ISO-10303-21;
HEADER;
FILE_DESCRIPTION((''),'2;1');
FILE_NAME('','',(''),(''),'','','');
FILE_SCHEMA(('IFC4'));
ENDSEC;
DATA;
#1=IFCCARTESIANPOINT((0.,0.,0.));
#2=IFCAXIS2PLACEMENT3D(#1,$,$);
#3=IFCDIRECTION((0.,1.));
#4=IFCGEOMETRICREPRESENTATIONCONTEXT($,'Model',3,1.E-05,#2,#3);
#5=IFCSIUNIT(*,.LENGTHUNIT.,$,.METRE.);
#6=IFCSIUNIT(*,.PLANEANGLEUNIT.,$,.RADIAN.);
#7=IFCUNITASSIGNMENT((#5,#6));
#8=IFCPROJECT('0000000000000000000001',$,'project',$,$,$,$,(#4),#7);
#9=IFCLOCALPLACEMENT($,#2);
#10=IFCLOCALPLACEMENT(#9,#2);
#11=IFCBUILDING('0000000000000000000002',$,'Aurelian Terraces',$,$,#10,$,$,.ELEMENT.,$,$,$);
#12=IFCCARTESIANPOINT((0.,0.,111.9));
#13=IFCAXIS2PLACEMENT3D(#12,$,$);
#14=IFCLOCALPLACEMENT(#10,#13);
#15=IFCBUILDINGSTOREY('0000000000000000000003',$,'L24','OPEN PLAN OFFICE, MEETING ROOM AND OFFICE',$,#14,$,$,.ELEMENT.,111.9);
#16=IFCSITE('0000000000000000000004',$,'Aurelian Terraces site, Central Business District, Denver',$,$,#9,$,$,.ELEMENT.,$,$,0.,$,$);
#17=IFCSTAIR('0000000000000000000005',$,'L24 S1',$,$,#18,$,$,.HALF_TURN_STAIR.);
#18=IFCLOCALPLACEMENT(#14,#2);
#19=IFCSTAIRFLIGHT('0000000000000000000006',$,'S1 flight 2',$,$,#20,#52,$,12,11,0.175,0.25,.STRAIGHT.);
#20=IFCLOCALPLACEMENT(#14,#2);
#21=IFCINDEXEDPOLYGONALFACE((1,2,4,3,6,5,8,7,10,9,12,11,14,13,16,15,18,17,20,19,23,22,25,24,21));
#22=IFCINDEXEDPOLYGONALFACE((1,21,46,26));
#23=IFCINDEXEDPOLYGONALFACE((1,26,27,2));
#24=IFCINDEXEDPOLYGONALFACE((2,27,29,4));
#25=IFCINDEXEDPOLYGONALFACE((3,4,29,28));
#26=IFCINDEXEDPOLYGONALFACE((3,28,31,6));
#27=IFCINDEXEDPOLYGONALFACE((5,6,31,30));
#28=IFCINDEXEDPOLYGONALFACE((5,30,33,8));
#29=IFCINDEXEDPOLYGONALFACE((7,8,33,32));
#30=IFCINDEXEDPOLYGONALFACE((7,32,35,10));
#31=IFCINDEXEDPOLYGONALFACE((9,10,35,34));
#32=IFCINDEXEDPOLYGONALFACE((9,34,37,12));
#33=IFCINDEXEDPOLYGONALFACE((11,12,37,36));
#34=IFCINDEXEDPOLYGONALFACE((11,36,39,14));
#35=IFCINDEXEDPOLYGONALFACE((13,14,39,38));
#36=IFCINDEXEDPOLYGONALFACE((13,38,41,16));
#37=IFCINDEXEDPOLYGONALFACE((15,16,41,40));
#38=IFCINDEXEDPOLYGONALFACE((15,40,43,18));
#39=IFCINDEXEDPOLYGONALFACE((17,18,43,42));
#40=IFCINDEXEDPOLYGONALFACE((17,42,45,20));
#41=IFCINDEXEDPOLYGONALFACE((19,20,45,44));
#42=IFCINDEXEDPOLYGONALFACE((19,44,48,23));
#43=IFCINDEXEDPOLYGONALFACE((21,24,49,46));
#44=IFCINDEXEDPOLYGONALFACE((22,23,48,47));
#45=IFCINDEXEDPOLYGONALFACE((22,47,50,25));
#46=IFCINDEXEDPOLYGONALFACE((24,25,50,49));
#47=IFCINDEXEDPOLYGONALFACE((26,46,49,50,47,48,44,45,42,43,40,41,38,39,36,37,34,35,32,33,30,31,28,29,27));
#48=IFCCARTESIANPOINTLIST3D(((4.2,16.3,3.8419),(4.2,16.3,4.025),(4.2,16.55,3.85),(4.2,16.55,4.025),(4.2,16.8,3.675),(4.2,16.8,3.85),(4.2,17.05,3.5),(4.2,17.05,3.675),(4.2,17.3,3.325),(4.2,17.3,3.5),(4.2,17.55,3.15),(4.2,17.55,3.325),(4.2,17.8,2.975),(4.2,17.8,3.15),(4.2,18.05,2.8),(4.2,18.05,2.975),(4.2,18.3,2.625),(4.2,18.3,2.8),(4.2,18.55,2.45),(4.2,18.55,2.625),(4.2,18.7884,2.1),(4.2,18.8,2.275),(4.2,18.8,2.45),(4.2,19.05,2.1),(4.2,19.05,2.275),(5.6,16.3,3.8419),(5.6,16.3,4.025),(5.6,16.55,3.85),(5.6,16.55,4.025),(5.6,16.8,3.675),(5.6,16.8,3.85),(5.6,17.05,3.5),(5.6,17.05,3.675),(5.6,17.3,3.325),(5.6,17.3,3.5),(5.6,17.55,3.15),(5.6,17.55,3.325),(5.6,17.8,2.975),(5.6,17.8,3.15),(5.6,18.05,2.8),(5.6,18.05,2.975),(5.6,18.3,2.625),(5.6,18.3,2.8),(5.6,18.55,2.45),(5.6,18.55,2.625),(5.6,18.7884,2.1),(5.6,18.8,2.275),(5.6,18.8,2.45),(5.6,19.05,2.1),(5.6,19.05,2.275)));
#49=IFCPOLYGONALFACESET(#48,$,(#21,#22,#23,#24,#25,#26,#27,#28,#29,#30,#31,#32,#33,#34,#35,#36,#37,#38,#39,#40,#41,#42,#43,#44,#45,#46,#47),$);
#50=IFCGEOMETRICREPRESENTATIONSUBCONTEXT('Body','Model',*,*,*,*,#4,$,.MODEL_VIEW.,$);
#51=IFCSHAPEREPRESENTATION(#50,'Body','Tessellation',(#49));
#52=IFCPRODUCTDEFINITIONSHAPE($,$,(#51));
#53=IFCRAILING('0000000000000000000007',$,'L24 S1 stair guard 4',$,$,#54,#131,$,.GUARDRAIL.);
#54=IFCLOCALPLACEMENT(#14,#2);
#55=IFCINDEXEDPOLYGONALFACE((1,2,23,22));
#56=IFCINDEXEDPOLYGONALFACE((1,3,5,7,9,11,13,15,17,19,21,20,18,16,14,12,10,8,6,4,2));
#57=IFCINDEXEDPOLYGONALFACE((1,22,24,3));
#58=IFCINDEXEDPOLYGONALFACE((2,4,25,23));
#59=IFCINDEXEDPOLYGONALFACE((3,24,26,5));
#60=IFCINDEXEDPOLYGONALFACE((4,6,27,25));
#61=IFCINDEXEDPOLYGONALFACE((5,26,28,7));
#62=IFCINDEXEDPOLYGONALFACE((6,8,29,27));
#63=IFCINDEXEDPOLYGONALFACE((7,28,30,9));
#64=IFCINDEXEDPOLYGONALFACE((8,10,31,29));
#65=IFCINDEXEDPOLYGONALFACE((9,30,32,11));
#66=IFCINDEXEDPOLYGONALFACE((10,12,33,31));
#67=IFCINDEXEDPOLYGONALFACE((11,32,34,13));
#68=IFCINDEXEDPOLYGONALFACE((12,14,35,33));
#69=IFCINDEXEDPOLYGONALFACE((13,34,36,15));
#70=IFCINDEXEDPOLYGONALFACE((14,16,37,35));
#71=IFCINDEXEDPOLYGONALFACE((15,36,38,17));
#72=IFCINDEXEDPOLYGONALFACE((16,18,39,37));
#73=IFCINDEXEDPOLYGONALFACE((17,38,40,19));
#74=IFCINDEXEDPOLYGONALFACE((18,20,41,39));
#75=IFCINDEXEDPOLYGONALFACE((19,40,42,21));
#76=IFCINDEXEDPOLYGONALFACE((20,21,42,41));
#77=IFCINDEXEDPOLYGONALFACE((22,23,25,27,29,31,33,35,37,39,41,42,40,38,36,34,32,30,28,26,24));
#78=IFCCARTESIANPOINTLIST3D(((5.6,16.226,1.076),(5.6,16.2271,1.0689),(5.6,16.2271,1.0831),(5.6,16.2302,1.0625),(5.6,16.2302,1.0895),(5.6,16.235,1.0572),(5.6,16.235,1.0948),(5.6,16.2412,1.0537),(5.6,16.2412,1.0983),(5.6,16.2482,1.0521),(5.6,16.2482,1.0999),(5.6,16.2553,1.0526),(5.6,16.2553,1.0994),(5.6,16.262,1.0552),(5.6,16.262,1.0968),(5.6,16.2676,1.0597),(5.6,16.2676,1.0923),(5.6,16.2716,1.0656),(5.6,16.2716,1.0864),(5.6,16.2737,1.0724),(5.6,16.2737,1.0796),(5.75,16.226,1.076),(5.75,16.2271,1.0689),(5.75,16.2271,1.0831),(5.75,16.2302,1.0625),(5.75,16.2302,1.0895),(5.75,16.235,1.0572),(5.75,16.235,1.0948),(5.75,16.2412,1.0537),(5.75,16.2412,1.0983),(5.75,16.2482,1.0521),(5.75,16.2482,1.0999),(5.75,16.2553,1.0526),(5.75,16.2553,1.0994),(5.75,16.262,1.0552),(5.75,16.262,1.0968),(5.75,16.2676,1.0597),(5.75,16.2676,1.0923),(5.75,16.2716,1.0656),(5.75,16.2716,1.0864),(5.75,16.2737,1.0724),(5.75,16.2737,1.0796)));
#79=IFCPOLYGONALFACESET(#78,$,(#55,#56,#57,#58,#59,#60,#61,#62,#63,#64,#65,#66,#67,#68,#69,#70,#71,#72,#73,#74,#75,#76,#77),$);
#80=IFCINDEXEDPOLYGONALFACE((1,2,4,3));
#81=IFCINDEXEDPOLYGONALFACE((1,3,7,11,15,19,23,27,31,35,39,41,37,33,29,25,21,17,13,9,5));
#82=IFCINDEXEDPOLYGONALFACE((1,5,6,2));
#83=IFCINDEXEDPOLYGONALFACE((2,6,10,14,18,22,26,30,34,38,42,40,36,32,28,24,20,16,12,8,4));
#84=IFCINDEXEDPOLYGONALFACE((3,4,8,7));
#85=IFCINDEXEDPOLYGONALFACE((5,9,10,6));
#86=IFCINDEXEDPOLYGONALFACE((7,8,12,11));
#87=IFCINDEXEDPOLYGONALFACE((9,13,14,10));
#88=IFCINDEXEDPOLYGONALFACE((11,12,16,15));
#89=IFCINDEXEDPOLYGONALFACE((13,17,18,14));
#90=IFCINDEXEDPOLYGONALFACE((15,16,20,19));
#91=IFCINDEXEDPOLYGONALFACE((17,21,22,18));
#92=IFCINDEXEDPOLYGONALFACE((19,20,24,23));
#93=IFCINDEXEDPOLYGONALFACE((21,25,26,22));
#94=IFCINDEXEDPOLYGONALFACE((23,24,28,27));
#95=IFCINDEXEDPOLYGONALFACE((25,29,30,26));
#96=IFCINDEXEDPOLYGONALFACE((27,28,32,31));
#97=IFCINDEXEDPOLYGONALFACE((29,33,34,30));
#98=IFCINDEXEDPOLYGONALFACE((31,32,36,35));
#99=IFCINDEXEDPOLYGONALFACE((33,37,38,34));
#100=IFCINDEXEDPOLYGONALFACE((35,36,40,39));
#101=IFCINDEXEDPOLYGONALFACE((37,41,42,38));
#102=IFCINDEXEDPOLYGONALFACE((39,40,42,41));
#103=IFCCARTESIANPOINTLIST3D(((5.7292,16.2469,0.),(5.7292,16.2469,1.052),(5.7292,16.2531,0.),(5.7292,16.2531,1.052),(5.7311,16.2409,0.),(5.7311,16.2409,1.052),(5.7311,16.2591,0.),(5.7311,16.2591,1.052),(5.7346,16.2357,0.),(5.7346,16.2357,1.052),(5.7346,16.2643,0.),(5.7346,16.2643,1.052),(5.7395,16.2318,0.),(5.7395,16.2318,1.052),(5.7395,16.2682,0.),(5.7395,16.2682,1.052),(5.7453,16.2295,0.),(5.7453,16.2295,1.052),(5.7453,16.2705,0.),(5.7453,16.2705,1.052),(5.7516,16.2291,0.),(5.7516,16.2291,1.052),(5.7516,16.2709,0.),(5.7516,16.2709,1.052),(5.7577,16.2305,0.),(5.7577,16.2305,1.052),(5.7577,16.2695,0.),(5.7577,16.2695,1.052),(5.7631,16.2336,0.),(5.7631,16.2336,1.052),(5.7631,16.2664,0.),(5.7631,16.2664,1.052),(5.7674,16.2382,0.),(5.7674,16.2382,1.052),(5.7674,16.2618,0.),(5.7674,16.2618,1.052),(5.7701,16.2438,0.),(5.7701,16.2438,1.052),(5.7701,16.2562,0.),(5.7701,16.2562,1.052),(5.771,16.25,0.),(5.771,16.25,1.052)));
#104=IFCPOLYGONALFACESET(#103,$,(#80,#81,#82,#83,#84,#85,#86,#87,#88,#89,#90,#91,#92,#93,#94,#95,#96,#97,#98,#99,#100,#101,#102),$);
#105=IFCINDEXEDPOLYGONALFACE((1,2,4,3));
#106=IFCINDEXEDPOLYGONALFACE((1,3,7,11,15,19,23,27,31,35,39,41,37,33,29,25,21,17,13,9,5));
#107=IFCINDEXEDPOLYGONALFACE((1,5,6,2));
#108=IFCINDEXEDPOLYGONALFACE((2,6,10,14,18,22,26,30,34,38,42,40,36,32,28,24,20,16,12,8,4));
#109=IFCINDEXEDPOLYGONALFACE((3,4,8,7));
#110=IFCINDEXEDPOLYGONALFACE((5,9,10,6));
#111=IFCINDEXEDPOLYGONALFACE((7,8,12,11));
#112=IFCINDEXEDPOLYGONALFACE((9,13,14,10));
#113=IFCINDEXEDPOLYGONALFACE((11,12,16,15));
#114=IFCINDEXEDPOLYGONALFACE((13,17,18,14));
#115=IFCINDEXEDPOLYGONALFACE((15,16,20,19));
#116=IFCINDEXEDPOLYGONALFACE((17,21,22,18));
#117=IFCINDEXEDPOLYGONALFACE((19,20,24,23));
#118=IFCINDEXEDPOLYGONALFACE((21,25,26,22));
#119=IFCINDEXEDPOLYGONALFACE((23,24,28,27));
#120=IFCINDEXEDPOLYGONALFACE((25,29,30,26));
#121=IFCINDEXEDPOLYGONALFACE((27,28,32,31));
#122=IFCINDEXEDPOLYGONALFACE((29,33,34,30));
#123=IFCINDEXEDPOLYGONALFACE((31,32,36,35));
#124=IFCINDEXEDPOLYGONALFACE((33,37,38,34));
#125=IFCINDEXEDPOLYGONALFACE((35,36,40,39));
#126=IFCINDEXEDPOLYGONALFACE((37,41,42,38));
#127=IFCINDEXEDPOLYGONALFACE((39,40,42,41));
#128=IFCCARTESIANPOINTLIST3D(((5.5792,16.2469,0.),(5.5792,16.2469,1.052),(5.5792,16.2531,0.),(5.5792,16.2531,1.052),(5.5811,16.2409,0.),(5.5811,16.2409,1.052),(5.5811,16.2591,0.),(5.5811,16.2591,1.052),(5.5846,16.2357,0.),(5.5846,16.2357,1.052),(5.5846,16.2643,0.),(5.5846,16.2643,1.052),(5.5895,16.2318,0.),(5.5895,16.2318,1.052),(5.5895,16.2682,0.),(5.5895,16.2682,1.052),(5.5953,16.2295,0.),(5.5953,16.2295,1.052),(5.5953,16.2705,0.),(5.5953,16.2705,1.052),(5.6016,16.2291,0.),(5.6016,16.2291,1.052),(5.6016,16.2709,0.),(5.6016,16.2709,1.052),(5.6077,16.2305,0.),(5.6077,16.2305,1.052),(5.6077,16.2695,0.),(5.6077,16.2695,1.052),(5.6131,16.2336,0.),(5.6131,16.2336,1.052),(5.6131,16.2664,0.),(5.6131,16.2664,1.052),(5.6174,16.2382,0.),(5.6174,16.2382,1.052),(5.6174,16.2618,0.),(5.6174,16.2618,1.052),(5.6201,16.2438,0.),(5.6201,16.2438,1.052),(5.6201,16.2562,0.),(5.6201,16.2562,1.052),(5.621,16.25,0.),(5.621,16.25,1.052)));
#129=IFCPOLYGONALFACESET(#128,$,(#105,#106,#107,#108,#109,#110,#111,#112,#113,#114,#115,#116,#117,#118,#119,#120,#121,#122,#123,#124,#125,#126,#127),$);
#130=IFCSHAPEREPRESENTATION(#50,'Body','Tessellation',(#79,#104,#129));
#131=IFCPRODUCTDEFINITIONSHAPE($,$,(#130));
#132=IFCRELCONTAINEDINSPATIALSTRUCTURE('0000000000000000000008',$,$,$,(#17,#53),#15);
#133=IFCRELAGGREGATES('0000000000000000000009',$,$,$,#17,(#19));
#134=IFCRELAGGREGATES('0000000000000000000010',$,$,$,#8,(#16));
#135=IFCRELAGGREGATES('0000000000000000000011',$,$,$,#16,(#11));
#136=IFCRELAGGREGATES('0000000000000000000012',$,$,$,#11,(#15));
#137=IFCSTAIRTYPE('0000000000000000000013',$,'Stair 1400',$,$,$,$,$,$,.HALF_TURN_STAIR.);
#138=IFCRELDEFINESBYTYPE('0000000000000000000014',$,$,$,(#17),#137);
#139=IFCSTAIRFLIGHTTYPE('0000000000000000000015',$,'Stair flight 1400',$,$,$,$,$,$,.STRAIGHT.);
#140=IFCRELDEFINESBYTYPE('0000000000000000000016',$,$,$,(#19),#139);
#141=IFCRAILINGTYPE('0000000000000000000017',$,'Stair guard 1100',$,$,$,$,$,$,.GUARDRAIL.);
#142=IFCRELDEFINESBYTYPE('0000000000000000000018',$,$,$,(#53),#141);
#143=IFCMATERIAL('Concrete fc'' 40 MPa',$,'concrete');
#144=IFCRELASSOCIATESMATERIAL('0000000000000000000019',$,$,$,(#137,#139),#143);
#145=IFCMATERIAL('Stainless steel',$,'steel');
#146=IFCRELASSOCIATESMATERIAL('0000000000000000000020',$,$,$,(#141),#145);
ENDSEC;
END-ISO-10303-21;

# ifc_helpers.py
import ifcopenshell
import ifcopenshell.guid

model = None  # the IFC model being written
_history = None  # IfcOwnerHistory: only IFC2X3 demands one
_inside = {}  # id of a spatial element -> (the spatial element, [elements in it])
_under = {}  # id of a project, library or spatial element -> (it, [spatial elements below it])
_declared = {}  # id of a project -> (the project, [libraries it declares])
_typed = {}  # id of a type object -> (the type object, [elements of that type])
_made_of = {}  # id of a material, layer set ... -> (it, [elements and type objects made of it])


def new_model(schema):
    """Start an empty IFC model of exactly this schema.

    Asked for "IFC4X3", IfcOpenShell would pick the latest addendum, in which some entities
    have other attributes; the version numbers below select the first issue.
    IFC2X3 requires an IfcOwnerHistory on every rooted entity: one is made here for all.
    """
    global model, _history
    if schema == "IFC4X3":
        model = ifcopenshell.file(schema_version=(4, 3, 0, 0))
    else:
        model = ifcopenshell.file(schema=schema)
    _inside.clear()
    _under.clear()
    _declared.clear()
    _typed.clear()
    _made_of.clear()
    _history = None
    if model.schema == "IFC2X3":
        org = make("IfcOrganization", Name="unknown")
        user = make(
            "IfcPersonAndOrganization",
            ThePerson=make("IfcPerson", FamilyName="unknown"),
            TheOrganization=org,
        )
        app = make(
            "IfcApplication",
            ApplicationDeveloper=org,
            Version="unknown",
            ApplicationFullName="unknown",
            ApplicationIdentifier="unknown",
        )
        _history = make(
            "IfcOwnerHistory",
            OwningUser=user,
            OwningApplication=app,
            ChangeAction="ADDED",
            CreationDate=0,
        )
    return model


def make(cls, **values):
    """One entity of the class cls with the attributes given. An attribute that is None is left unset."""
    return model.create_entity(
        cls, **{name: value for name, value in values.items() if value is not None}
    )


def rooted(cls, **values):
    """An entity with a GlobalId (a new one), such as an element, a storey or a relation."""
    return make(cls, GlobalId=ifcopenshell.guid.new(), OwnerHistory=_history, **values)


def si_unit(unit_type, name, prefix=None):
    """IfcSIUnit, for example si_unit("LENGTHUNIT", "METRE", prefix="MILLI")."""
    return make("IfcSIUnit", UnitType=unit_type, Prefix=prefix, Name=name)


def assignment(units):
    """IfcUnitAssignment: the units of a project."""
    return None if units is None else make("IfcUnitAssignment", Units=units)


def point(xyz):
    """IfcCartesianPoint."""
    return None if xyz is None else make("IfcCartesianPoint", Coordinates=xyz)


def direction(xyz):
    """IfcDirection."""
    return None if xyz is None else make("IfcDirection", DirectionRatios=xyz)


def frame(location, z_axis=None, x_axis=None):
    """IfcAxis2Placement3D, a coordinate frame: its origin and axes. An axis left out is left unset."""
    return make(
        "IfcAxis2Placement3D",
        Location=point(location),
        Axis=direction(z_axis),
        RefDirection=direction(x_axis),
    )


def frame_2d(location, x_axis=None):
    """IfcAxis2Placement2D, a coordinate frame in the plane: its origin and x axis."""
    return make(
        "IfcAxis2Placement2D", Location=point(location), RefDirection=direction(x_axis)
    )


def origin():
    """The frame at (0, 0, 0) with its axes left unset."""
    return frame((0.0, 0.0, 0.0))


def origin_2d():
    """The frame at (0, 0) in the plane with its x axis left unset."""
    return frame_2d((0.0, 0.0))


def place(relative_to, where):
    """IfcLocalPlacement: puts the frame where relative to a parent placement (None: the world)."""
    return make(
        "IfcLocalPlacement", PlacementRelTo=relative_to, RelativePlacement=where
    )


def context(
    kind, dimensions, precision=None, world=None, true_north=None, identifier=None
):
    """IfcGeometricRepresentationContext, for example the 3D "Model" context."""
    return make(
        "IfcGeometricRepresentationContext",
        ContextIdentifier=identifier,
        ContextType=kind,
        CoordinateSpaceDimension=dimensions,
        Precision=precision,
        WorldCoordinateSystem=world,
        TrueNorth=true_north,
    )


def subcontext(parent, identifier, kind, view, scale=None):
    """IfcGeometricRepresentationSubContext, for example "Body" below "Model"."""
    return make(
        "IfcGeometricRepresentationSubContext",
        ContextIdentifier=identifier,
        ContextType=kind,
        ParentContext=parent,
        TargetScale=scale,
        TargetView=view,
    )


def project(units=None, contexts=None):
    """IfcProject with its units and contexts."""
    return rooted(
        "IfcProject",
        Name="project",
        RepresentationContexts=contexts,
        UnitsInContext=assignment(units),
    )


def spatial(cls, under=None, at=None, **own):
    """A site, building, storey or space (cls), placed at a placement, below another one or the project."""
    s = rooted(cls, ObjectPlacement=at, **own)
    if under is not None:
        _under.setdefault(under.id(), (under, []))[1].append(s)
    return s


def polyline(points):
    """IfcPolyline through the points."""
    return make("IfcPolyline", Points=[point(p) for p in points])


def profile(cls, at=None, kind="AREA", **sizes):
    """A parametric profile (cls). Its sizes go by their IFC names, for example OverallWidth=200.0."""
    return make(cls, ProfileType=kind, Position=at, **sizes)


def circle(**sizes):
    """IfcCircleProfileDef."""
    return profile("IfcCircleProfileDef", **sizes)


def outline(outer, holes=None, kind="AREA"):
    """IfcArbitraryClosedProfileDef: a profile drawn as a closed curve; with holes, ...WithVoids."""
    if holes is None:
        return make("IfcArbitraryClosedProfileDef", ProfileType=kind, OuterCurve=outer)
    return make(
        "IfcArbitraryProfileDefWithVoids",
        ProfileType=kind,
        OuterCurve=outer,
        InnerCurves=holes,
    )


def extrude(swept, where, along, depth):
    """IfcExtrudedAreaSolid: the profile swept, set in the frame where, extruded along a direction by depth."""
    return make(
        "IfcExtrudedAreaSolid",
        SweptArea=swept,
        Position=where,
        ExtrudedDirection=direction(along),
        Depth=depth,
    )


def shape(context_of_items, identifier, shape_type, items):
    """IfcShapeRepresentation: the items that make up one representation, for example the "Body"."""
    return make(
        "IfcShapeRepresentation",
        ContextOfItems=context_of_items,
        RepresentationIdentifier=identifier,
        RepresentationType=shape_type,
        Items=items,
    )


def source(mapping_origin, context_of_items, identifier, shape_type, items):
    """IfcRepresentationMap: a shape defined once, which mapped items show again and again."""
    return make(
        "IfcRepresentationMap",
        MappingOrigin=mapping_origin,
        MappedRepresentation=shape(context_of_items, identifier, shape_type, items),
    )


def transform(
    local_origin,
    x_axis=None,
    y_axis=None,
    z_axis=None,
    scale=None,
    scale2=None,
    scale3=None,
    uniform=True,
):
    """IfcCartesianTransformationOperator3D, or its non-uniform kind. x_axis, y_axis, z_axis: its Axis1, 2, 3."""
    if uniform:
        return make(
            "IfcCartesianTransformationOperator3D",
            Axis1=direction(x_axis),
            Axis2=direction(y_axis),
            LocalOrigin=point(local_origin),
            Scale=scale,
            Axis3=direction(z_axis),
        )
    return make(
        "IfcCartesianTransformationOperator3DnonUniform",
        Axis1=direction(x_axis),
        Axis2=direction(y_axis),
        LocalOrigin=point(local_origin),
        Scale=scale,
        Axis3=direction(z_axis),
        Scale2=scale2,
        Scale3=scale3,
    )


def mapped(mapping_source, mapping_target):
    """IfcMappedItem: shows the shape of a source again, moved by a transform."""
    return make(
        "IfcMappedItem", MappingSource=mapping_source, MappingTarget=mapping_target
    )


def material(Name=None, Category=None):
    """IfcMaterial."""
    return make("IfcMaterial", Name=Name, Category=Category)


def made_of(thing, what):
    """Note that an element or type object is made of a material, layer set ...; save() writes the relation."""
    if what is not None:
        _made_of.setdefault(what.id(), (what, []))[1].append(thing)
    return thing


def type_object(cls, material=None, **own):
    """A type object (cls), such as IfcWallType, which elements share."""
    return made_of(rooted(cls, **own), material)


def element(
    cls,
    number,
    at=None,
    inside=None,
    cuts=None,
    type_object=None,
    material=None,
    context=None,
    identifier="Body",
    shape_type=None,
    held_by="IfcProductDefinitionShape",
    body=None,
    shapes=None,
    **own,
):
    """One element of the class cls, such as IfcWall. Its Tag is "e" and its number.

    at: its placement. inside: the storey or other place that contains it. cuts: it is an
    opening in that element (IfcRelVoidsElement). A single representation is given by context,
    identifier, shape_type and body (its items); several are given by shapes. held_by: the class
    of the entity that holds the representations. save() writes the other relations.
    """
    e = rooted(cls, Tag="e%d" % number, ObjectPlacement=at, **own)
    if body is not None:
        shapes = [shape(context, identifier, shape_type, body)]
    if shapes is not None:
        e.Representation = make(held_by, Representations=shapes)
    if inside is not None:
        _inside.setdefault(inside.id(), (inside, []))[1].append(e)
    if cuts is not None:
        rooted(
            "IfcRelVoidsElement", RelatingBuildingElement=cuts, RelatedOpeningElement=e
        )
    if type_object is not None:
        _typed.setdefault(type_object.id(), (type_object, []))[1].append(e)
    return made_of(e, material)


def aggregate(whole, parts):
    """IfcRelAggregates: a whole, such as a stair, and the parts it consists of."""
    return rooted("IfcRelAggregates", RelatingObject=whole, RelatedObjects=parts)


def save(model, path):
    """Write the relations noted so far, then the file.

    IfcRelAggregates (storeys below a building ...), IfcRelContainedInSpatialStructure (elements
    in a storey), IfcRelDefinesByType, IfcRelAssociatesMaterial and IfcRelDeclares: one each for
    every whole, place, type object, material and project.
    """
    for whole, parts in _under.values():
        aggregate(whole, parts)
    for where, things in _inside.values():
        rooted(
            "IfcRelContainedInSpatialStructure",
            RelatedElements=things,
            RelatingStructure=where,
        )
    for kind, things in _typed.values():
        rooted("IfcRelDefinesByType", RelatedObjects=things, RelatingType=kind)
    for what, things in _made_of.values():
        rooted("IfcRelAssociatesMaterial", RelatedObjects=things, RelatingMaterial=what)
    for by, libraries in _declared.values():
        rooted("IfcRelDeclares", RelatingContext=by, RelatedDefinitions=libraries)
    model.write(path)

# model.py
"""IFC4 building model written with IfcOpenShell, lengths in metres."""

from ifc_helpers import new_model, si_unit, direction, frame, origin, origin_2d, place, context, subcontext, project, spatial, polyline, circle, outline, extrude, source, transform, mapped, material, type_object, element, aggregate, save


model = new_model("IFC4")

# Units and contexts
model_context = context("Model", 3, precision=1e-05, world=origin(), true_north=direction((0.0, 1.0)))
body_context = subcontext(model_context, "Body", "Model", "MODEL_VIEW")
ifc_project = project(units=[si_unit("LENGTHUNIT", "METRE"), si_unit("PLANEANGLEUNIT", "RADIAN")], contexts=[model_context])

# Site, building, storey
site_placement = place(None, origin())
site = spatial("IfcSite", under=ifc_project, at=site_placement, Name="Aurelian Terraces site, Central Business District, Denver", CompositionType="ELEMENT", RefElevation=0.0)
building_placement = place(site_placement, origin())
building = spatial("IfcBuilding", under=site, at=building_placement, Name="Aurelian Terraces", CompositionType="ELEMENT")
storey_placement = place(building_placement, frame((0.0, 0.0, 111.9)))
storey = spatial("IfcBuildingStorey", under=building, at=storey_placement, Name="L24", Description="OPEN PLAN OFFICE, MEETING ROOM AND OFFICE", CompositionType="ELEMENT", Elevation=111.9)

# Shared definitions
ifc_material_1 = material(Name="Concrete fc' 40 MPa", Category="concrete")

# Shared definitions
ifc_material_2 = material(Name="Stainless steel", Category="steel")

# Stair, stair flight
stair_type = type_object("IfcStairType", Name="Stair 1400", PredefinedType="HALF_TURN_STAIR", material=ifc_material_1)
stair_placement = place(storey_placement, origin())
stair = element("IfcStair", 1, at=stair_placement, inside=storey, type_object=stair_type, Name="L24 S1", PredefinedType="HALF_TURN_STAIR")
stair_flight_type = type_object("IfcStairFlightType", Name="Stair flight 1400", PredefinedType="STRAIGHT", material=ifc_material_1)
shared_shape_1 = source(origin(), body_context, "Body", "SweptSolid", [
    extrude(outline(polyline([(0.0, 0.0), (0.0, 0.175), (0.25, 0.175), (0.25, 0.35), (0.5, 0.35), (0.5, 0.525), (0.75, 0.525), (0.75, 0.7), (1.0, 0.7), (1.0, 0.875), (1.25, 0.875), (1.25, 1.05), (1.5, 1.05), (1.5, 1.225), (1.75, 1.225), (1.75, 1.4), (2.0, 1.4), (2.0, 1.575), (2.25, 1.575), (2.25, 1.75), (2.5, 1.75), (2.5, 1.925), (2.75, 1.925), (2.75, 2.1), (2.75, 1.7419), (0.2616, 0.0), (0.0, 0.0)])), frame((0.0, 0.7, 0.0), z_axis=(0.0, -1.0, 0.0), x_axis=(1.0, 0.0, 0.0)), (0.0, 0.0, 1.0), 1.4),
])
stair_flight_1_placement = place(storey_placement, frame((4.9, 19.05, 2.1), z_axis=(0.0, 0.0, 1.0), x_axis=(0.0, -1.0, 0.0)))
stair_flight_1 = element("IfcStairFlight", 2, at=stair_flight_1_placement, type_object=stair_flight_type, Name="S1 flight 2", NumberOfRisers=12, NumberOfTreads=11, PredefinedType="STRAIGHT", RiserHeight=0.175, TreadLength=0.25, context=body_context, shape_type="MappedRepresentation", body=[
    mapped(shared_shape_1, transform((0.0, 0.0, 0.0), scale=1.0)),
])
aggregate(stair, [stair_flight_1])

# Railing
railing_type_1 = type_object("IfcRailingType", Name="Stair guard 1100", PredefinedType="GUARDRAIL", material=ifc_material_2)
shared_shape_2 = source(origin(), body_context, "Body", "SweptSolid", [
    extrude(circle(Radius=0.024, at=origin_2d()), frame((0.0, 0.0, 1.076), z_axis=(-1.0, 0.0, 0.0), x_axis=(0.0, -1.0, 0.0)), (0.0, 0.0, 1.0), 0.15),
    extrude(circle(Radius=0.021, at=origin_2d()), origin(), (0.0, 0.0, 1.0), 1.052),
    extrude(circle(Radius=0.021, at=origin_2d()), frame((-0.15, 0.0, 0.0)), (0.0, 0.0, 1.0), 1.052),
])
railing_1_placement = place(storey_placement, frame((5.75, 16.25, 0.0)))
element("IfcRailing", 3, at=railing_1_placement, inside=storey, type_object=railing_type_1, Name="L24 S1 stair guard 4", PredefinedType="GUARDRAIL", context=body_context, shape_type="MappedRepresentation", body=[
    mapped(shared_shape_2, transform((0.0, 0.0, 0.0), scale=1.0)),
])

save(model, "model.ifc")
